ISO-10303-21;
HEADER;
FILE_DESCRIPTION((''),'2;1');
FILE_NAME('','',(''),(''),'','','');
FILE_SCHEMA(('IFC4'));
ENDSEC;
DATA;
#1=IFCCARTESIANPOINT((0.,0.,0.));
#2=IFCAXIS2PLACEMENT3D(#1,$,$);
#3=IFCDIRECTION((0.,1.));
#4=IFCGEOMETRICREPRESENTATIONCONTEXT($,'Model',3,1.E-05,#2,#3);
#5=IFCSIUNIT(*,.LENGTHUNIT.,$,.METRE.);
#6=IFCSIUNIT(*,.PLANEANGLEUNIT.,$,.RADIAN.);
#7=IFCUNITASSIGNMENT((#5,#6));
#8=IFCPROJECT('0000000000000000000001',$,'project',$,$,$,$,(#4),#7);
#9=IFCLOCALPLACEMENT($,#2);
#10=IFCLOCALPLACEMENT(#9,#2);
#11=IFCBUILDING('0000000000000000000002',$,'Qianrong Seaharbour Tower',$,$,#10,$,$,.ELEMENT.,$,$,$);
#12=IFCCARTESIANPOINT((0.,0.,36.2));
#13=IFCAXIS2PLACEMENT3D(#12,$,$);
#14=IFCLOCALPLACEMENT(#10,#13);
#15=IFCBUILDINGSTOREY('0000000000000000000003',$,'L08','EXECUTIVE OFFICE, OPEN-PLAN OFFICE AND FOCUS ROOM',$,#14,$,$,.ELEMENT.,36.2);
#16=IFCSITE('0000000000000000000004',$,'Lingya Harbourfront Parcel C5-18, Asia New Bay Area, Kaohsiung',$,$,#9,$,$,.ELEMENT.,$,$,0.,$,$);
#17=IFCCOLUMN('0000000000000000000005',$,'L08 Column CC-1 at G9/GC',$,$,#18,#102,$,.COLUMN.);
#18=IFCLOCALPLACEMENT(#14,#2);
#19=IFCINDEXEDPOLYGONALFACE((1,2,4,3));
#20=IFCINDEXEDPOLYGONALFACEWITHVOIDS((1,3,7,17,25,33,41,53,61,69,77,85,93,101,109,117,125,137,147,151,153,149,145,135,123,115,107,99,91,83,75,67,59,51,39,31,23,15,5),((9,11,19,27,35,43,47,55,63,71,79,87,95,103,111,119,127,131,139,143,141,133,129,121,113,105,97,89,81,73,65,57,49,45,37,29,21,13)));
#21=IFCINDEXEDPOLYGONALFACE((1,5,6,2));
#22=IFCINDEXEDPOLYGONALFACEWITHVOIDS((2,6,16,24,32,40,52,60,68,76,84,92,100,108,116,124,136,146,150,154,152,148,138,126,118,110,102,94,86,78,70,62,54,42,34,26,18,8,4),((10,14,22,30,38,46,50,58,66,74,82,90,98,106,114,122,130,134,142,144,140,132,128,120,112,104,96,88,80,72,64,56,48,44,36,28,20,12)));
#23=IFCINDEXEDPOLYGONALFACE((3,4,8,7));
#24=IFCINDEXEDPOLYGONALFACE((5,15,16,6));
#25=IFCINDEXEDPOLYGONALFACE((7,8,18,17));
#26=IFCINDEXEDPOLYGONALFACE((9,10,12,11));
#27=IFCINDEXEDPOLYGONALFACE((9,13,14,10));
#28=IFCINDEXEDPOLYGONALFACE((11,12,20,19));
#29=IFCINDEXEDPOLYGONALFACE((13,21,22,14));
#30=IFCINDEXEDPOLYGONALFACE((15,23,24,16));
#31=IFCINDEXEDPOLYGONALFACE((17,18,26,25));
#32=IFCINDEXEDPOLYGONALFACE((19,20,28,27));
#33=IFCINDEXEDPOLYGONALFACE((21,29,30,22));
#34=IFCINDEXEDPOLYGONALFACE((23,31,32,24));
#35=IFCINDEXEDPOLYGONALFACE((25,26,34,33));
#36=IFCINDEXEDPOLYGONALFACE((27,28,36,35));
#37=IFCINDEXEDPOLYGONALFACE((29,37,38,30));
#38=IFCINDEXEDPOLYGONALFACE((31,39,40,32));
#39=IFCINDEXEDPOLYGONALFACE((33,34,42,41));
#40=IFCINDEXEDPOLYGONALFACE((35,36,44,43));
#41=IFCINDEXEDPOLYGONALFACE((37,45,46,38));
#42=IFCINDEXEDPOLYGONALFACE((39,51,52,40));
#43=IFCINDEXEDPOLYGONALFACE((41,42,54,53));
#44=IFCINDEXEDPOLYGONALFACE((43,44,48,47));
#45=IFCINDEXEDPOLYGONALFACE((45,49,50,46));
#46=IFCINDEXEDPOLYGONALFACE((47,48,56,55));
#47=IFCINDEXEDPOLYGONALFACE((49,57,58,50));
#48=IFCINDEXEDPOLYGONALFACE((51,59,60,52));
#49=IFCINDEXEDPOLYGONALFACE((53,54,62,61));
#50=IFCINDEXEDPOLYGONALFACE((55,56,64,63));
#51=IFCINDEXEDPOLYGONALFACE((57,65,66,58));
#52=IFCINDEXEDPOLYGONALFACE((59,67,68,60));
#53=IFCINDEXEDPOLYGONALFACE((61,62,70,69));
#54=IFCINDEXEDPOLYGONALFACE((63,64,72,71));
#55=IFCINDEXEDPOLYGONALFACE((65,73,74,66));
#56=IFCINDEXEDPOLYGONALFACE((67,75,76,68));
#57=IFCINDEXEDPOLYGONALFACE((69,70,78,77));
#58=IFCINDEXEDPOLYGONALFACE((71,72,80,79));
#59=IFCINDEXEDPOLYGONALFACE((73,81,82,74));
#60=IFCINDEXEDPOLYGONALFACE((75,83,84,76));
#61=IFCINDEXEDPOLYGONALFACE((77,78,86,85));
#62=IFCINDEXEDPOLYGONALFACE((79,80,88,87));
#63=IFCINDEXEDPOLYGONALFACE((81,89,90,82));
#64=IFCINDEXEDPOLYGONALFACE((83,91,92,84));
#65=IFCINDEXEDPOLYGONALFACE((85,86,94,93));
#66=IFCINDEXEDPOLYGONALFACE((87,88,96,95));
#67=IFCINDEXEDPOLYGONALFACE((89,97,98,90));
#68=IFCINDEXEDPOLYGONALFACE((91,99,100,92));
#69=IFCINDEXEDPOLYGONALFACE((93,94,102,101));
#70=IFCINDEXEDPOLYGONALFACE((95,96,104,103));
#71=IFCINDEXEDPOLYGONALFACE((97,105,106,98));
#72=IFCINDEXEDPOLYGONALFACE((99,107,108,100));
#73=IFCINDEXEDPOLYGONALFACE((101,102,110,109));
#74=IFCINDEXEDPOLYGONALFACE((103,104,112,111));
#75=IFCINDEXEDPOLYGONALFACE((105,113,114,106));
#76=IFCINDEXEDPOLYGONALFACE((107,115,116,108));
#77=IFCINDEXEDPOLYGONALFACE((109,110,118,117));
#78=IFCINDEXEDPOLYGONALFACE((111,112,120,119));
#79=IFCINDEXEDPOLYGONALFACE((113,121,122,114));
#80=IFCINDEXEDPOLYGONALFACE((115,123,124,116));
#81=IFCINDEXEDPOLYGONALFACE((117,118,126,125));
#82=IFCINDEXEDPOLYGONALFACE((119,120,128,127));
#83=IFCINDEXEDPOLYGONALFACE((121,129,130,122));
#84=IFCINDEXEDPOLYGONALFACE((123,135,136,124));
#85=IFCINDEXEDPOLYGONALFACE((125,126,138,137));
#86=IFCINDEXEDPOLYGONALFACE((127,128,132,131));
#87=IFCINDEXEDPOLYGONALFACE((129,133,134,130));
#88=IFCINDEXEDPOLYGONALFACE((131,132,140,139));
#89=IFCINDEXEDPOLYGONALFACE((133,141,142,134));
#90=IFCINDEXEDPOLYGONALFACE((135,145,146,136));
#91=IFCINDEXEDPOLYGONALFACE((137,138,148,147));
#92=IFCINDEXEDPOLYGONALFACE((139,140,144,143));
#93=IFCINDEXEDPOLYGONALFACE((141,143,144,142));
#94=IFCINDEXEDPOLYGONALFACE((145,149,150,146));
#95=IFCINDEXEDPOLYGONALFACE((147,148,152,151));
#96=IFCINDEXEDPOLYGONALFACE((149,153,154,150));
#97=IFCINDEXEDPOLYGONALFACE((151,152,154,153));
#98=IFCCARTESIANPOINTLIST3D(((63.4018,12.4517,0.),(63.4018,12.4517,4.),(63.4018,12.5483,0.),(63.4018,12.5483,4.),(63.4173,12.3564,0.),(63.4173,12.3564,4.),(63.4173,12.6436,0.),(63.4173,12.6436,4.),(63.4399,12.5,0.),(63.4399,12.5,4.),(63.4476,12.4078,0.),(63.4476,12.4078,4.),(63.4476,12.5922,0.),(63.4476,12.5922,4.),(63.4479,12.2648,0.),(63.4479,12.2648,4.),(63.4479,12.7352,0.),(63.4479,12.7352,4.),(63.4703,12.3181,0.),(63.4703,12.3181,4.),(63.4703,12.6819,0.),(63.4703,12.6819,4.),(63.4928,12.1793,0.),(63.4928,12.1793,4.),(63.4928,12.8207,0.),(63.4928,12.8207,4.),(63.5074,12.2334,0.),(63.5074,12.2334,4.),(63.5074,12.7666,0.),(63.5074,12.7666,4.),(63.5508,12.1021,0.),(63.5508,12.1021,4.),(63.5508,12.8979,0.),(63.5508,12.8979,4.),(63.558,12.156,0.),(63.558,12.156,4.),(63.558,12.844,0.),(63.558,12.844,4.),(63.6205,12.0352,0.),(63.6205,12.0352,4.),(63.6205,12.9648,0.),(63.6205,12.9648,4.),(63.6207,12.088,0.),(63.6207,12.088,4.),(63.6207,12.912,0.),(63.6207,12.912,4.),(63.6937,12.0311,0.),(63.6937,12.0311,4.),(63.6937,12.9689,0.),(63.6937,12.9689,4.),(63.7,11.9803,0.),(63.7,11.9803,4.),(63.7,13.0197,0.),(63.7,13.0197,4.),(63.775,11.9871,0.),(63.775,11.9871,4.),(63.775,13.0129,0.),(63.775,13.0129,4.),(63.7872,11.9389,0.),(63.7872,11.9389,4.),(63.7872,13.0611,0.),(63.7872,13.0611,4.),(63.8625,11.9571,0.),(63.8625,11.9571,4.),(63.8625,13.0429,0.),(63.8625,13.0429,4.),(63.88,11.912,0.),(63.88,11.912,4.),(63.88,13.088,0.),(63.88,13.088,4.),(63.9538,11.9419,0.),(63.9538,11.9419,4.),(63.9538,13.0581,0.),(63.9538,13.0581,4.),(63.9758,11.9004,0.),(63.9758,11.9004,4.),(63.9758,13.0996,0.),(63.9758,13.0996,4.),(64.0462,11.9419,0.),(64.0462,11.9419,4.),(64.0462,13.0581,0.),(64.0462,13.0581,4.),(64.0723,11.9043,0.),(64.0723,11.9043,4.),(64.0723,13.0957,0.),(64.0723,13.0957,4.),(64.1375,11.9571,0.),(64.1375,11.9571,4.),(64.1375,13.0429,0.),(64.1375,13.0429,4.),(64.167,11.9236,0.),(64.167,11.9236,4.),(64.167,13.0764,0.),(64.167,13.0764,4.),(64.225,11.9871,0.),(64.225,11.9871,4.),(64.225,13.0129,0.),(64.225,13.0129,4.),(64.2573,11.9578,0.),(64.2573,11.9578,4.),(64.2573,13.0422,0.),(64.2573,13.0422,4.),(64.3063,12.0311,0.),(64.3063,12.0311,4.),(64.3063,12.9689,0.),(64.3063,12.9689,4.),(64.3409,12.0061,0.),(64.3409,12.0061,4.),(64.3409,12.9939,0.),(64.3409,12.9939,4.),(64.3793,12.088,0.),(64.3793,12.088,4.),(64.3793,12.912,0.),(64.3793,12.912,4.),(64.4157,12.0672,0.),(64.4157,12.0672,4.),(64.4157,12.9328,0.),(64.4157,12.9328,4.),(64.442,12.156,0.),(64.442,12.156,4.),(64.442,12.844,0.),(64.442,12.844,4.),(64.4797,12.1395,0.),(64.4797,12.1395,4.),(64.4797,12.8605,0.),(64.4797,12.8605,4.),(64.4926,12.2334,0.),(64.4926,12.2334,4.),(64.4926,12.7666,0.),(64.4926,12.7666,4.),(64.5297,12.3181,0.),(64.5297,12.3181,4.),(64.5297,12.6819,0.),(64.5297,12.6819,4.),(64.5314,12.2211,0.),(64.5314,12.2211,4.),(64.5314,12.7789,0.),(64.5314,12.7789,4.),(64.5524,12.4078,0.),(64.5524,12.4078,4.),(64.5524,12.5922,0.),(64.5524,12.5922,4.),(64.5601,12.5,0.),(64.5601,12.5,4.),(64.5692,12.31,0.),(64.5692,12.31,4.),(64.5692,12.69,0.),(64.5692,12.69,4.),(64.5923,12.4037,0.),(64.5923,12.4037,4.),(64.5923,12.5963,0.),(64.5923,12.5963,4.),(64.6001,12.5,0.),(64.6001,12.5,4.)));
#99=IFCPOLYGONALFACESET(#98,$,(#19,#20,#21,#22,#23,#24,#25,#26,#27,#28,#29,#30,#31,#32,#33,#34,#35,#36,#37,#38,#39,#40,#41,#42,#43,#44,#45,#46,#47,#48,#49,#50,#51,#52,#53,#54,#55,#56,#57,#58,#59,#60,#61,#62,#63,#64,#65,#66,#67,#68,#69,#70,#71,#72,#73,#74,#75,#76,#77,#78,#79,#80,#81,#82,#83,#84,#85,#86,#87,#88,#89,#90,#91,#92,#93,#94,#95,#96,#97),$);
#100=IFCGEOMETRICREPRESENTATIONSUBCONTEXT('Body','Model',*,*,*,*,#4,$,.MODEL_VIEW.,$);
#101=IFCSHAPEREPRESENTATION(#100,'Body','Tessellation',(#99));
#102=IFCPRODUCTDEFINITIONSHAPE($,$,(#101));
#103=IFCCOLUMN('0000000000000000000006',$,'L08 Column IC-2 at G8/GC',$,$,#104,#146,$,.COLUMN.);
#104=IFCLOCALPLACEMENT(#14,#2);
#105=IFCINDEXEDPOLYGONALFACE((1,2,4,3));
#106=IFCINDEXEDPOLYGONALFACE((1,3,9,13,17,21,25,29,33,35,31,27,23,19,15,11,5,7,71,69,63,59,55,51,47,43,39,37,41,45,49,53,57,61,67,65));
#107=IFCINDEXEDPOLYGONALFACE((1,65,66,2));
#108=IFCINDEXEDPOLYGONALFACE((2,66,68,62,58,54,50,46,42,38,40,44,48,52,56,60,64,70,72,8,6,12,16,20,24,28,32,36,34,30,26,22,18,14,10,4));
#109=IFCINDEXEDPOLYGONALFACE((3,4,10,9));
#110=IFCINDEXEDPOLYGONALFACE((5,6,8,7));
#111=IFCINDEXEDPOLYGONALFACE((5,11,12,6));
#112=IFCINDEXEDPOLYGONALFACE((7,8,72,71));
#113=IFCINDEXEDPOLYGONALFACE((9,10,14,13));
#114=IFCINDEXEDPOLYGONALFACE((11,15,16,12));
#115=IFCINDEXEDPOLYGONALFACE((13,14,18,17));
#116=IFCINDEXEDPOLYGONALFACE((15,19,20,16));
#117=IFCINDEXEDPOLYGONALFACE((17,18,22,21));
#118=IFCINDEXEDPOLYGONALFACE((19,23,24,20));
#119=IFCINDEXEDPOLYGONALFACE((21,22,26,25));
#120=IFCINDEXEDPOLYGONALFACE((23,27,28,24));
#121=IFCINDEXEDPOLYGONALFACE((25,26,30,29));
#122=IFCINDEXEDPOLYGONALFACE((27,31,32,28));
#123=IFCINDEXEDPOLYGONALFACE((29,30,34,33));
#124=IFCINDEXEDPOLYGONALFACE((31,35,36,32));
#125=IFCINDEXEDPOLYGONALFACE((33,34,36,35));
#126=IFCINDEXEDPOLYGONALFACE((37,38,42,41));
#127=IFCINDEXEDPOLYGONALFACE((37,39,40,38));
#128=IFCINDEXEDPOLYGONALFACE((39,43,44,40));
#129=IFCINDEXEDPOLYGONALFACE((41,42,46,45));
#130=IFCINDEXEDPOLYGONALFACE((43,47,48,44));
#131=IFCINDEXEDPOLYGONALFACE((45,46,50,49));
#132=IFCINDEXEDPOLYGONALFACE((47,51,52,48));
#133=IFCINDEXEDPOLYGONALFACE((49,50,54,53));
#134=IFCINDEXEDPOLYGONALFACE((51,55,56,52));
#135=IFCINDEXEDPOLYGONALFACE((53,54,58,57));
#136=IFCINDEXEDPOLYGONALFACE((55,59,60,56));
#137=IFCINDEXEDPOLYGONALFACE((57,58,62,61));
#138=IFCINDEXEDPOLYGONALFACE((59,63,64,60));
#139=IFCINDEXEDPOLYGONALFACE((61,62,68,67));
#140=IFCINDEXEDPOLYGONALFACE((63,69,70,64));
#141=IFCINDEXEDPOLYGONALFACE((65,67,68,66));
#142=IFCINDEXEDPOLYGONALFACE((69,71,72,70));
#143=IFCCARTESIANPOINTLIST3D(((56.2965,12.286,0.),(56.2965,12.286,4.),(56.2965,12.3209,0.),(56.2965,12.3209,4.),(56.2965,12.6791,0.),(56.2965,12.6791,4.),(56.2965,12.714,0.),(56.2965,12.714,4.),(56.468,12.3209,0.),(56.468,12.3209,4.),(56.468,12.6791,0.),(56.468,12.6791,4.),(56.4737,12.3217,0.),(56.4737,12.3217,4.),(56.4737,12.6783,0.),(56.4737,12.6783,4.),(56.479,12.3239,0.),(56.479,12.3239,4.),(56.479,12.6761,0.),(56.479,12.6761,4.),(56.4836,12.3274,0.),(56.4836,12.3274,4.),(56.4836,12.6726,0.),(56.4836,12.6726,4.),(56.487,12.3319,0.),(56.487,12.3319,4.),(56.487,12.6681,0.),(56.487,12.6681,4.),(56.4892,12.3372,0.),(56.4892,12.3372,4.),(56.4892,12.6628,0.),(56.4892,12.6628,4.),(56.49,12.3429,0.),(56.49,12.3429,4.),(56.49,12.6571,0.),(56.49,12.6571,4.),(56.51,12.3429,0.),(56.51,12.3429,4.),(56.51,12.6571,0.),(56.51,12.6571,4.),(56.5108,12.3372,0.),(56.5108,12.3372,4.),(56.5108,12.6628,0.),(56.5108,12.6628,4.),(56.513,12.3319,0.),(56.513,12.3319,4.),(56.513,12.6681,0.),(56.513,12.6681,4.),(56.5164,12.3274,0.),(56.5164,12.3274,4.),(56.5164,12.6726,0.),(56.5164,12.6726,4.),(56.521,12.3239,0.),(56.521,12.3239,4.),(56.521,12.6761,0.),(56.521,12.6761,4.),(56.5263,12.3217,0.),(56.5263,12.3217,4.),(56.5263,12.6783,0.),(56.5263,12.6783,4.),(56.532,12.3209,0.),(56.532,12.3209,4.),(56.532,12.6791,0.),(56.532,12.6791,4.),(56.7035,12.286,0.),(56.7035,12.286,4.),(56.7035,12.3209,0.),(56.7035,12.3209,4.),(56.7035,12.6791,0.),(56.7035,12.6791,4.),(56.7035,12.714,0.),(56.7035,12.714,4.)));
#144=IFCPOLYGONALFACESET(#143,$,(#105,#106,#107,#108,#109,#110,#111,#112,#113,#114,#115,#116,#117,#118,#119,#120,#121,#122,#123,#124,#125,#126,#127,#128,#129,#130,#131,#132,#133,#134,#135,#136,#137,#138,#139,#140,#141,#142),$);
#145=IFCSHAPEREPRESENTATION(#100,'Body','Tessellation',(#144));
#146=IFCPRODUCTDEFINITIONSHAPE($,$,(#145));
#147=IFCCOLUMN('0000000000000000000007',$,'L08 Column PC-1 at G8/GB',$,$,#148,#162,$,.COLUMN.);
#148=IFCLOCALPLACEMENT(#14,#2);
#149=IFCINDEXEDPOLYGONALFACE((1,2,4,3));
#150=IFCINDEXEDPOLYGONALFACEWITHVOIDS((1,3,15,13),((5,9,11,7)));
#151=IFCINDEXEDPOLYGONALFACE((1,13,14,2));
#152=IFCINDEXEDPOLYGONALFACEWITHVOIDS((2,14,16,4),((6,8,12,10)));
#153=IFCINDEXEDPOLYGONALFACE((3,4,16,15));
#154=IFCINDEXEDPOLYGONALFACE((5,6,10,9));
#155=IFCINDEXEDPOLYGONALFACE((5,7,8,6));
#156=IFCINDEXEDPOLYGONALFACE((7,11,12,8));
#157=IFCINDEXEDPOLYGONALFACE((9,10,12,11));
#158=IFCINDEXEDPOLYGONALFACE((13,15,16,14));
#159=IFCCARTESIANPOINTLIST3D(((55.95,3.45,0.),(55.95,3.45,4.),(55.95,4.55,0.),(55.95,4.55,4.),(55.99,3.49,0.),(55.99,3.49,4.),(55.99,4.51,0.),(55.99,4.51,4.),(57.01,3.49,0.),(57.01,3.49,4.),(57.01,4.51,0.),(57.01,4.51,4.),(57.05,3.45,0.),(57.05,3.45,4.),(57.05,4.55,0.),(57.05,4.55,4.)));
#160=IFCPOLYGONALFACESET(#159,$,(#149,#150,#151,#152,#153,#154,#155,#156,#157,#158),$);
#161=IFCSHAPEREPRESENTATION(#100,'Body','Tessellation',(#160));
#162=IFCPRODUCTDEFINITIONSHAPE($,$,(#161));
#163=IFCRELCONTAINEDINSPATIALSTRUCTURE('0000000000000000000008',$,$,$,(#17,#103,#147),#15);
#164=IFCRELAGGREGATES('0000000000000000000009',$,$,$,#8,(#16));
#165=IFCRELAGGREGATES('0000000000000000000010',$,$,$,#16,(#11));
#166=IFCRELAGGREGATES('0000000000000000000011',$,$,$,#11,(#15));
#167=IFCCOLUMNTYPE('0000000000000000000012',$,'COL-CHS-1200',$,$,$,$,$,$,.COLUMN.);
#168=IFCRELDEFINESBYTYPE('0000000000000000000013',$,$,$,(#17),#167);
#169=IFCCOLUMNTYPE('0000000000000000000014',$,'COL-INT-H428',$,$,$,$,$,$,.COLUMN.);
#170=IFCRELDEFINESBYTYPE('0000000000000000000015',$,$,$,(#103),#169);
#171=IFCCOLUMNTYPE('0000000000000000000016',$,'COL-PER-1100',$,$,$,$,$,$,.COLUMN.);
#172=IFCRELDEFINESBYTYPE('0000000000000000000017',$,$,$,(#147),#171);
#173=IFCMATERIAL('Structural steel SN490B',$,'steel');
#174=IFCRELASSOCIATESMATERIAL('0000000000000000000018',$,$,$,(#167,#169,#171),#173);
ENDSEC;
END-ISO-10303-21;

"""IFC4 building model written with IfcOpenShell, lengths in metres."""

from ifc_helpers import new_model, si_unit, direction, frame, origin, origin_2d, place, context, subcontext, project, spatial, hollow_rectangle, hollow_circle, i_section, extrude, material, material_profile, profile_set, type_object, element, save


model = new_model("IFC4")

# Units and contexts
model_context = context("Model", 3, precision=1e-05, world=origin(), true_north=direction((0.0, 1.0)))
body_context = subcontext(model_context, "Body", "Model", "MODEL_VIEW")
ifc_project = project(units=[si_unit("LENGTHUNIT", "METRE"), si_unit("PLANEANGLEUNIT", "RADIAN")], contexts=[model_context])

# Site, building, storey
site_placement = place(None, origin())
site = spatial("IfcSite", under=ifc_project, at=site_placement, Name="Lingya Harbourfront Parcel C5-18, Asia New Bay Area, Kaohsiung", CompositionType="ELEMENT", RefElevation=0.0)
building_placement = place(site_placement, origin())
building = spatial("IfcBuilding", under=site, at=building_placement, Name="Qianrong Seaharbour Tower", CompositionType="ELEMENT")
storey_placement = place(building_placement, frame((0.0, 0.0, 36.2)))
storey = spatial("IfcBuildingStorey", under=building, at=storey_placement, Name="L08", Description="EXECUTIVE OFFICE, OPEN-PLAN OFFICE AND FOCUS ROOM", CompositionType="ELEMENT", Elevation=36.2)

# Columns
ifc_material_1 = material(Name="Structural steel SN490B", Category="steel")
ifc_material_profile_1 = material_profile(ifc_material_1, hollow_circle(Radius=0.6001, WallThickness=0.04, at=origin_2d()), Name="CHS1200x40")
ifc_profile_set_1 = profile_set([ifc_material_profile_1], Name="Structural steel SN490B")
column_type_1 = type_object("IfcColumnType", Name="COL-CHS-1200", PredefinedType="COLUMN", material=ifc_profile_set_1)
column_1_placement = place(storey_placement, frame((64.0, 12.5, 0.0), z_axis=(0.0, 0.0, 1.0), x_axis=(1.0, 0.0, 0.0)))
element("IfcColumn", 1, at=column_1_placement, inside=storey, type_object=column_type_1, Name="L08 Column CC-1 at G9/GC", PredefinedType="COLUMN", context=body_context, shape_type="SweptSolid", body=[
    extrude(hollow_circle(Radius=0.6001, WallThickness=0.04, at=origin_2d()), origin(), (0.0, 0.0, 1.0), 4.0),
])
ifc_material_profile_2 = material_profile(ifc_material_1, i_section(OverallWidth=0.407, OverallDepth=0.428, WebThickness=0.02, FlangeThickness=0.0349, FilletRadius=0.022, at=origin_2d()), Name="H428x407x20x35")
ifc_profile_set_2 = profile_set([ifc_material_profile_2], Name="Structural steel SN490B")
column_type_2 = type_object("IfcColumnType", Name="COL-INT-H428", PredefinedType="COLUMN", material=ifc_profile_set_2)
column_2_placement = place(storey_placement, frame((56.5, 12.5, 0.0), z_axis=(0.0, 0.0, 1.0), x_axis=(1.0, 0.0, 0.0)))
element("IfcColumn", 2, at=column_2_placement, inside=storey, type_object=column_type_2, Name="L08 Column IC-2 at G8/GC", PredefinedType="COLUMN", context=body_context, shape_type="SweptSolid", body=[
    extrude(i_section(OverallWidth=0.407, OverallDepth=0.428, WebThickness=0.02, FlangeThickness=0.0349, FilletRadius=0.022, at=origin_2d()), origin(), (0.0, 0.0, 1.0), 4.0),
])
ifc_material_profile_3 = material_profile(ifc_material_1, hollow_rectangle(XDim=1.1001, YDim=1.1001, WallThickness=0.04, at=origin_2d()), Name="BOX1100x1100x40")
ifc_profile_set_3 = profile_set([ifc_material_profile_3], Name="Structural steel SN490B")
column_type_3 = type_object("IfcColumnType", Name="COL-PER-1100", PredefinedType="COLUMN", material=ifc_profile_set_3)
column_3_placement = place(storey_placement, frame((56.5, 4.0, 0.0), z_axis=(0.0, 0.0, 1.0), x_axis=(1.0, 0.0, 0.0)))
element("IfcColumn", 3, at=column_3_placement, inside=storey, type_object=column_type_3, Name="L08 Column PC-1 at G8/GB", PredefinedType="COLUMN", context=body_context, shape_type="SweptSolid", body=[
    extrude(hollow_rectangle(XDim=1.1001, YDim=1.1001, WallThickness=0.04, at=origin_2d()), origin(), (0.0, 0.0, 1.0), 4.0),
])

save(model, "model.ifc")
